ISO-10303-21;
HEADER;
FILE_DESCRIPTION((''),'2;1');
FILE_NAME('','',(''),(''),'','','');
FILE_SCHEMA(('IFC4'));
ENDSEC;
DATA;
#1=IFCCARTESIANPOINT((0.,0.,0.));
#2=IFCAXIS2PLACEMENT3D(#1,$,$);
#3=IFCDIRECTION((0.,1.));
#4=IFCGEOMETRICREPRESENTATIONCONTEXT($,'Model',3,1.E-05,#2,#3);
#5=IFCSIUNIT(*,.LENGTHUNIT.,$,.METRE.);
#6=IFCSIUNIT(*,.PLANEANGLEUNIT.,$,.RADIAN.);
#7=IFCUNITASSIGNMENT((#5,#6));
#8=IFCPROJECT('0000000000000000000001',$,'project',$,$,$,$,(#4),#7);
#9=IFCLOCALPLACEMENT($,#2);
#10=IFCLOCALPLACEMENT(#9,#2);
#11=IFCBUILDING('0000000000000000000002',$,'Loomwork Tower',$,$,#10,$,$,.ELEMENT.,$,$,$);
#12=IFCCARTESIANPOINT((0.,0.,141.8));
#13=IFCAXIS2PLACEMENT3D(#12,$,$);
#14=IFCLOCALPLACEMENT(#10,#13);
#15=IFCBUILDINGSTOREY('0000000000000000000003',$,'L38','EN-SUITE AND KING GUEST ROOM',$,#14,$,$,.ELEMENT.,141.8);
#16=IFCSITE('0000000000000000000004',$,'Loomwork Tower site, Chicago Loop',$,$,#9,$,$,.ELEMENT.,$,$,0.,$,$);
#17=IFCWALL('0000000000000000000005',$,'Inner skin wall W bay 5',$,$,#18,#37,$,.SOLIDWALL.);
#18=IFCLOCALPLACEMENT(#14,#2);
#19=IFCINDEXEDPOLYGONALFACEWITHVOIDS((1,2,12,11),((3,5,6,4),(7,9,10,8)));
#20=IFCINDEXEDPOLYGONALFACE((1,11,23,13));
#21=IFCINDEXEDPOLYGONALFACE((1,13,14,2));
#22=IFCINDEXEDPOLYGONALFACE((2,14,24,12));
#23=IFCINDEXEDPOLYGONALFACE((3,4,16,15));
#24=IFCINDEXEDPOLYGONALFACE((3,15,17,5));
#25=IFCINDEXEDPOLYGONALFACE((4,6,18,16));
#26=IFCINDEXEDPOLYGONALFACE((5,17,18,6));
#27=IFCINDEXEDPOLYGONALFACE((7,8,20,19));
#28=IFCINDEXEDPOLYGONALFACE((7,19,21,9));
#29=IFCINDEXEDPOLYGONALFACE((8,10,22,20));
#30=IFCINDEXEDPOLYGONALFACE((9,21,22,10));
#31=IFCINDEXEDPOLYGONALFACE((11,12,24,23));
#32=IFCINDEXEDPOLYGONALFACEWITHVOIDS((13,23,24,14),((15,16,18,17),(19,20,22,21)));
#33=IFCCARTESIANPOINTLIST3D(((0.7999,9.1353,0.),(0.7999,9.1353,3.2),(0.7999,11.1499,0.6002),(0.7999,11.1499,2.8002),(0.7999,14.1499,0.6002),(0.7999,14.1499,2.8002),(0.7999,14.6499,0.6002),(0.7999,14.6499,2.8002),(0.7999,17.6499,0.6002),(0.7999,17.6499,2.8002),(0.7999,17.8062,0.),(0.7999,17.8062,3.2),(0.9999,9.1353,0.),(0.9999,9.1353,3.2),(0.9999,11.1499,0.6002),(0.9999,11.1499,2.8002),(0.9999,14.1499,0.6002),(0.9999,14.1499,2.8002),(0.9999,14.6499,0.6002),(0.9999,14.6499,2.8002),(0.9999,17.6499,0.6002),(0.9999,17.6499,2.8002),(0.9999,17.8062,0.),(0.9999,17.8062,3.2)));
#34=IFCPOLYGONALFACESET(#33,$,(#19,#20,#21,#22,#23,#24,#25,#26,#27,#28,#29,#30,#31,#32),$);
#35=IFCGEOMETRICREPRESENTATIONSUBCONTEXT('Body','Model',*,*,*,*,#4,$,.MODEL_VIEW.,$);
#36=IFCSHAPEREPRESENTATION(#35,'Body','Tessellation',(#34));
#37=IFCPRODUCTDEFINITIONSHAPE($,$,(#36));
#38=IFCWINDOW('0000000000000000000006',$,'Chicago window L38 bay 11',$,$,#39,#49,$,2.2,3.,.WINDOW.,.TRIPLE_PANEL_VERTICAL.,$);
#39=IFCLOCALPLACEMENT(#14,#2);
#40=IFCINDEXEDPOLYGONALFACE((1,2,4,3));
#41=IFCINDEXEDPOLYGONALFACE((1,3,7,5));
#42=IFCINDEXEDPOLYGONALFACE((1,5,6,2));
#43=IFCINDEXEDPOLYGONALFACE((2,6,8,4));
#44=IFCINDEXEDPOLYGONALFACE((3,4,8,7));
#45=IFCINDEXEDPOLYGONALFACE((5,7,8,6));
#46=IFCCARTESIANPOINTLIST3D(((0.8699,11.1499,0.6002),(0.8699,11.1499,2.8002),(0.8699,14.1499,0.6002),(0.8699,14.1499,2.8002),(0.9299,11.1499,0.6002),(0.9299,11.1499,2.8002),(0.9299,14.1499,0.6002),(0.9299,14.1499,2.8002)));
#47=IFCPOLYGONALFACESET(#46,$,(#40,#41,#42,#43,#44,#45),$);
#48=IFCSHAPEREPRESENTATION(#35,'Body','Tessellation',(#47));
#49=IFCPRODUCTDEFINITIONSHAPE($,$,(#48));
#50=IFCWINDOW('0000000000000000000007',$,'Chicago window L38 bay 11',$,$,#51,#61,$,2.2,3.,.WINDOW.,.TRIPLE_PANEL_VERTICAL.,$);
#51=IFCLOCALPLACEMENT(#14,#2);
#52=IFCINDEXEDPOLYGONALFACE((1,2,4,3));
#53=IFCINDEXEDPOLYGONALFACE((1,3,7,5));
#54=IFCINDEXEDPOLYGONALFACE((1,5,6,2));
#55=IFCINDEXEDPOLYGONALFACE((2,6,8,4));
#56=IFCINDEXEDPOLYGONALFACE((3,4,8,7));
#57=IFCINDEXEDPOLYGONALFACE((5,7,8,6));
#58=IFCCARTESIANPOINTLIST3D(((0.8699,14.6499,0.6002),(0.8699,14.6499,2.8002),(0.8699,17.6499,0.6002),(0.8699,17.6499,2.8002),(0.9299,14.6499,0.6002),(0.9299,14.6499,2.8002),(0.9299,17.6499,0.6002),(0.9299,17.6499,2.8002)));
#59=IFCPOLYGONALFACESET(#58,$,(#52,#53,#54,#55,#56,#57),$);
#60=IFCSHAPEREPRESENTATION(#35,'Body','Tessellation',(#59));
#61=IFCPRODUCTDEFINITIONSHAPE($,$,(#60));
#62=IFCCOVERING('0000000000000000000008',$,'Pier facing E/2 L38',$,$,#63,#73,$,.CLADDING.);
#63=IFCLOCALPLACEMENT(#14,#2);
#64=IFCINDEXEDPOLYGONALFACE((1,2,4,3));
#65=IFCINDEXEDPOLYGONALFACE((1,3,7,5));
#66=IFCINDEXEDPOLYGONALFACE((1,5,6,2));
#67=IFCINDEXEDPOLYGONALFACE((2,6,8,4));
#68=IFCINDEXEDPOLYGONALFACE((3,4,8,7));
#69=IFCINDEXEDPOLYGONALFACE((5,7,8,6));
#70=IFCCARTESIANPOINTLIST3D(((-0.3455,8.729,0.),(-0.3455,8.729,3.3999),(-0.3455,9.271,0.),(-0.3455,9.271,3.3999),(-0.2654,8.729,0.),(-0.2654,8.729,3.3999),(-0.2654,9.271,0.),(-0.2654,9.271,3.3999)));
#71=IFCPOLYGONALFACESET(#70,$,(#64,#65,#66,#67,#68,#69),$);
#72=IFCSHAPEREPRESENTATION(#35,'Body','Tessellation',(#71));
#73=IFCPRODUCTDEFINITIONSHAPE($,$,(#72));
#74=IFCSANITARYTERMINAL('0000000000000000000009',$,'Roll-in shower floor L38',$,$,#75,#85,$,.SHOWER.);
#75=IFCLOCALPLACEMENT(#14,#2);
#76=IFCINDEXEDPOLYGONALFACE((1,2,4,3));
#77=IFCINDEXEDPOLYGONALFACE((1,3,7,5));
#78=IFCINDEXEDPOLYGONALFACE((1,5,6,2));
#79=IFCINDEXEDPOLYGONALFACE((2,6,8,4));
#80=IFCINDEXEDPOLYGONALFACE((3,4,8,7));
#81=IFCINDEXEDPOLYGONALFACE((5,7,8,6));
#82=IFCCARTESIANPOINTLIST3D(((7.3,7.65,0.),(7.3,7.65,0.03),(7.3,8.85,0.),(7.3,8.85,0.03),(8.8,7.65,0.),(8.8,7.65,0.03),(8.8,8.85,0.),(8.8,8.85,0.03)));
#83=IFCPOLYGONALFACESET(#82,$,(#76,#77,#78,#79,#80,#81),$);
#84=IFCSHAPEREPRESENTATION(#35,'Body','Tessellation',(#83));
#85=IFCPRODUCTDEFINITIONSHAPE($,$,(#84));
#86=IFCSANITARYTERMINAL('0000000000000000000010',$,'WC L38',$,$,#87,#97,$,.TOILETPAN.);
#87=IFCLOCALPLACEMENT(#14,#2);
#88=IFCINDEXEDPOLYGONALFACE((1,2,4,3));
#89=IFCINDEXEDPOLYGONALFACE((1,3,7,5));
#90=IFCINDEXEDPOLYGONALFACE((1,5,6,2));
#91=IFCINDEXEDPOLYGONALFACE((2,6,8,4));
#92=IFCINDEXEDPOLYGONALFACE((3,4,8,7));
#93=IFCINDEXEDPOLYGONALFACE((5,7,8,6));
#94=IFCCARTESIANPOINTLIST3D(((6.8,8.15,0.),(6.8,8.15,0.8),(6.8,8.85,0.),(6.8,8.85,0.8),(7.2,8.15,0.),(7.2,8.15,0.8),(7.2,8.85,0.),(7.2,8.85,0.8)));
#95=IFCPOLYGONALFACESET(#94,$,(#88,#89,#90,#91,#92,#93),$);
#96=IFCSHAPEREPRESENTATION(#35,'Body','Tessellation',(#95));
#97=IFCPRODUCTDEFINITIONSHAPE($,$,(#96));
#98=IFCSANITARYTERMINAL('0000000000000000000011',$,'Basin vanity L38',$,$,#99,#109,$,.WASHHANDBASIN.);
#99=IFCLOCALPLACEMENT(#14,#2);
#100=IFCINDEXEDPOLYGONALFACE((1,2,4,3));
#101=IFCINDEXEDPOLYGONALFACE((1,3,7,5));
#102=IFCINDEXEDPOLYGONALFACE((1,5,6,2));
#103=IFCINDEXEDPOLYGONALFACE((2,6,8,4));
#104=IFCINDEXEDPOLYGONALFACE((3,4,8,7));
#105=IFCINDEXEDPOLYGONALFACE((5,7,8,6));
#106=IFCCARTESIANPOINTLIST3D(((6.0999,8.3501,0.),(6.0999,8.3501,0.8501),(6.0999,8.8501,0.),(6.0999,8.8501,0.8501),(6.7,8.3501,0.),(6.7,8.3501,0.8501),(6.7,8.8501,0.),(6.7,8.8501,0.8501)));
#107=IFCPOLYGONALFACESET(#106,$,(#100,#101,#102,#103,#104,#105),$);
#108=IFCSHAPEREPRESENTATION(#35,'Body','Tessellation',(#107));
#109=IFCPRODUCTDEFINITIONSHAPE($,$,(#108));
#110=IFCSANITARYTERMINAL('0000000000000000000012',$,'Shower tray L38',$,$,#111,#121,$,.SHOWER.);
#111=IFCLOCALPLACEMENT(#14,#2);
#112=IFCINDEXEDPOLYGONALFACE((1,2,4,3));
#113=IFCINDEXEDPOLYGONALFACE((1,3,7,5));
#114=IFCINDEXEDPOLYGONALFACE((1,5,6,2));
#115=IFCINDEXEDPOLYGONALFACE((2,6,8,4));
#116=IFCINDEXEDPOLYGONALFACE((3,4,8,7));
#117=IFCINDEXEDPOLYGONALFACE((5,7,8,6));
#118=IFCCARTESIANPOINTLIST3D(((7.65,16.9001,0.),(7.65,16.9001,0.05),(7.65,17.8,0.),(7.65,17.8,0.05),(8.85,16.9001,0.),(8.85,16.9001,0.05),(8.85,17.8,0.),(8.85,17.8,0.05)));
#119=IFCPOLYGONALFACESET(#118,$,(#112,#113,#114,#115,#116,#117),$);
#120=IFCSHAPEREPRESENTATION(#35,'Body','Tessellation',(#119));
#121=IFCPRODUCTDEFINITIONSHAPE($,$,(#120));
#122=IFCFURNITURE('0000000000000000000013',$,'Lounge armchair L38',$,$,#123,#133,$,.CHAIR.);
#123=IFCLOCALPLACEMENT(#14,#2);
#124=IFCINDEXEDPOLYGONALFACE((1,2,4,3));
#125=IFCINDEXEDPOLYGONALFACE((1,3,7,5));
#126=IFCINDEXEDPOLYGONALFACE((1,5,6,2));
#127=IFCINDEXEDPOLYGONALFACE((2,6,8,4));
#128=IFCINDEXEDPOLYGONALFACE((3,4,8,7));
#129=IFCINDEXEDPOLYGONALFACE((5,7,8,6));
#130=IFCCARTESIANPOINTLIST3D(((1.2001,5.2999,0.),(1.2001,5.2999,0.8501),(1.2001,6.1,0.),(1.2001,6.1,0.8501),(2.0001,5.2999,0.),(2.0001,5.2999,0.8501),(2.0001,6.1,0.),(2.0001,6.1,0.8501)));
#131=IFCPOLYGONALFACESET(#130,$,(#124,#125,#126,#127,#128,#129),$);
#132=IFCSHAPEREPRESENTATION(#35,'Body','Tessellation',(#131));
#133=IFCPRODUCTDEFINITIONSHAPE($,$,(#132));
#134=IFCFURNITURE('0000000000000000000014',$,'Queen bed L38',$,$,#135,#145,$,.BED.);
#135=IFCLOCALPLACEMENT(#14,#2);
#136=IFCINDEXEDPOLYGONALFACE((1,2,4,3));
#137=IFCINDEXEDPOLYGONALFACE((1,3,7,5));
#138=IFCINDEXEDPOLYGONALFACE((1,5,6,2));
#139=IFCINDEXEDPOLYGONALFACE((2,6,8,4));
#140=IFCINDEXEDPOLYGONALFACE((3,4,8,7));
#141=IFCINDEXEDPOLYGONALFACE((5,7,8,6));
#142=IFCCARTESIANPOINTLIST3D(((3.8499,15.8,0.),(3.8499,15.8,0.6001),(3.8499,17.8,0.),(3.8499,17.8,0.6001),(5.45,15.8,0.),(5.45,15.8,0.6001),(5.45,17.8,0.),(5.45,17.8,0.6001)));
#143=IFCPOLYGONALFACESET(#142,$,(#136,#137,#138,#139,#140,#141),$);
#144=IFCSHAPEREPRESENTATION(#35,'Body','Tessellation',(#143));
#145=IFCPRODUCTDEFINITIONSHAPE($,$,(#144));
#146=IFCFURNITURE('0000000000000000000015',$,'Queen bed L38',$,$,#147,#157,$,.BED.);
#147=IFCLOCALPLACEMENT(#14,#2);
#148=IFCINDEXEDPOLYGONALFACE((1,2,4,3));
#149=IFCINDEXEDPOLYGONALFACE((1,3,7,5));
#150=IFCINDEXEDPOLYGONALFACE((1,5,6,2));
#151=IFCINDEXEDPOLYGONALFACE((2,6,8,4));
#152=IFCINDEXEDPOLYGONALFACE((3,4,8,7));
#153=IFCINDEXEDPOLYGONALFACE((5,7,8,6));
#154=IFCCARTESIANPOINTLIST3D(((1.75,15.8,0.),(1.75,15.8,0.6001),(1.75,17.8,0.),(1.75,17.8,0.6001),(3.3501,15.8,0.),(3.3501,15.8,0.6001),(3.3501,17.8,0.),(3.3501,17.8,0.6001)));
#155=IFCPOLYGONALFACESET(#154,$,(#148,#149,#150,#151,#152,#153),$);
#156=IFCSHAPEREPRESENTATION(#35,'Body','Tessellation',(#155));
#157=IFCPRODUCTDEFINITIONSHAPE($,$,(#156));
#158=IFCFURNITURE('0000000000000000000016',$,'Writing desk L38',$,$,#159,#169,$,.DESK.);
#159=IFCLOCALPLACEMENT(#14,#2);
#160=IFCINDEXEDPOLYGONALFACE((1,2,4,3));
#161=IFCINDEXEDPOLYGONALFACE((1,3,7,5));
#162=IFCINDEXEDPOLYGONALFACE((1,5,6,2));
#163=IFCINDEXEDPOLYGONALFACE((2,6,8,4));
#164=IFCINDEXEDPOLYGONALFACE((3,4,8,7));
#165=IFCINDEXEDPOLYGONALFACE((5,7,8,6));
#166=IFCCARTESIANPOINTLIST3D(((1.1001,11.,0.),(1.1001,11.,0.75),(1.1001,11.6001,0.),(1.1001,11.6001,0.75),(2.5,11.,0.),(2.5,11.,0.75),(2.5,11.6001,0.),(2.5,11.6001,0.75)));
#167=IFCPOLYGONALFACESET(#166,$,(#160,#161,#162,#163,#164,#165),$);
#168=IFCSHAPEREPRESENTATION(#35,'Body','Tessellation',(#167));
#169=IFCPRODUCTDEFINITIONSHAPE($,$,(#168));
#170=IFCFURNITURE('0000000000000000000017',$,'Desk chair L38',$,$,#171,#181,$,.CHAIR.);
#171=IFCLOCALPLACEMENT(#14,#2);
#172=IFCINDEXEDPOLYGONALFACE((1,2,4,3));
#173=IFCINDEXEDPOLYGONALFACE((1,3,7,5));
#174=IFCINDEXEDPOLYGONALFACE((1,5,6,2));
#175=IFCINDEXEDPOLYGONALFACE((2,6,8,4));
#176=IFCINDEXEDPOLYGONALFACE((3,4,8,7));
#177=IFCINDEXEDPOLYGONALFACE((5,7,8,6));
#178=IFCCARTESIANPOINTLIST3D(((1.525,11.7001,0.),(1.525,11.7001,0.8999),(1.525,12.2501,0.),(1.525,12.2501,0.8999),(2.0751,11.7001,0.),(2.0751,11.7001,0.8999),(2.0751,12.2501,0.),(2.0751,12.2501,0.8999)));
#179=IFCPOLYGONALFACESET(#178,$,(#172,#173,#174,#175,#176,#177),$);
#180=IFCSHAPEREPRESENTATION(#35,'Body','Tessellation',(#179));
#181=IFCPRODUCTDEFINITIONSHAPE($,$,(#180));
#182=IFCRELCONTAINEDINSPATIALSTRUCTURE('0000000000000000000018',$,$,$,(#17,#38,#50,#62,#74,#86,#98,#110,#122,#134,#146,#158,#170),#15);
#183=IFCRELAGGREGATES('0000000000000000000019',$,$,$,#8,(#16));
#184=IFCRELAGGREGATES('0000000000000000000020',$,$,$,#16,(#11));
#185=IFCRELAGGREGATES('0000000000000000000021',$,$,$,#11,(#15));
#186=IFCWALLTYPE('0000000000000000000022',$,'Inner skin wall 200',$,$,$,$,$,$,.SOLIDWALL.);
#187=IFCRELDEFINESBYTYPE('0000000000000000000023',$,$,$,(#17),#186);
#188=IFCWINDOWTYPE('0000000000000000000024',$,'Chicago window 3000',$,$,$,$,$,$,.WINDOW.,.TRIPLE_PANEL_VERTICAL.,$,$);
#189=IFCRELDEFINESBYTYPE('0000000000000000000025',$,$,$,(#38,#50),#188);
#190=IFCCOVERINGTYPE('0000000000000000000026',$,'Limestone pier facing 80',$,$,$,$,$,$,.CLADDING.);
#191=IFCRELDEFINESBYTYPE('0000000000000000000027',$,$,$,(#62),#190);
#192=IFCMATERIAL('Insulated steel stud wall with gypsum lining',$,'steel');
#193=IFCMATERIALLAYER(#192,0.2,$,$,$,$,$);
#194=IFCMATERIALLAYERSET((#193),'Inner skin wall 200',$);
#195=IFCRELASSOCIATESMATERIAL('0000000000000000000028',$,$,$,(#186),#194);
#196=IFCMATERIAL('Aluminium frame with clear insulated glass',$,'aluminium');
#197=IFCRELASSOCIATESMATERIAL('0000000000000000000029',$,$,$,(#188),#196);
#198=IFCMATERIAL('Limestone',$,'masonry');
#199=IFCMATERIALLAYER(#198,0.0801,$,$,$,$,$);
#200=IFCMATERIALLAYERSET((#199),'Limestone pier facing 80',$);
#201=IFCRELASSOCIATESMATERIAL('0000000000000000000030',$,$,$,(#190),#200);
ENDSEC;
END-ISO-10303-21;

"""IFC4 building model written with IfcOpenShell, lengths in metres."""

from ifc_helpers import new_model, si_unit, direction, frame, frame_2d, origin, origin_2d, place, context, subcontext, project, spatial, rectangle, extrude, material, layer, layer_set, type_object, element, fill, save


model = new_model("IFC4")

# Units and contexts
model_context = context("Model", 3, precision=1e-05, world=origin(), true_north=direction((0.0, 1.0)))
body_context = subcontext(model_context, "Body", "Model", "MODEL_VIEW")
ifc_project = project(units=[si_unit("LENGTHUNIT", "METRE"), si_unit("PLANEANGLEUNIT", "RADIAN")], contexts=[model_context])

# Site, building, storey
site_placement = place(None, origin())
site = spatial("IfcSite", under=ifc_project, at=site_placement, Name="Loomwork Tower site, Chicago Loop", CompositionType="ELEMENT", RefElevation=0.0)
building_placement = place(site_placement, origin())
building = spatial("IfcBuilding", under=site, at=building_placement, Name="Loomwork Tower", CompositionType="ELEMENT")
storey_placement = place(building_placement, frame((0.0, 0.0, 141.8)))
storey = spatial("IfcBuildingStorey", under=building, at=storey_placement, Name="L38", Description="EN-SUITE AND KING GUEST ROOM", CompositionType="ELEMENT", Elevation=141.8)

# Shared definitions
ifc_material_1 = material(Name="Insulated steel stud wall with gypsum lining", Category="steel")
ifc_layer_1 = layer(ifc_material_1, 0.2)
ifc_layer_set_1 = layer_set([ifc_layer_1], Name="Inner skin wall 200")
wall_type_1 = type_object("IfcWallType", Name="Inner skin wall 200", PredefinedType="SOLIDWALL", material=ifc_layer_set_1)

# Wall, openings, windows
wall_1_placement = place(storey_placement, frame((0.8999, 9.1353, 0.0), z_axis=(0.0, 0.0, 1.0), x_axis=(0.0, 1.0, 0.0)))
wall_1 = element("IfcWall", 1, at=wall_1_placement, inside=storey, type_object=wall_type_1, Name="Inner skin wall W bay 5", PredefinedType="SOLIDWALL", context=body_context, shape_type="SweptSolid", body=[
    extrude(rectangle(XDim=8.6709, YDim=0.2, at=frame_2d((4.3354, 0.0))), origin(), (0.0, 0.0, 1.0), 3.2),
])
opening_1_placement = place(wall_1_placement, frame((2.0146, 0.0, 0.6001)))
opening_1 = element("IfcOpeningElement", 2, at=opening_1_placement, cuts=wall_1, PredefinedType="OPENING", context=body_context, shape_type="SweptSolid", body=[
    extrude(rectangle(XDim=3.0, YDim=2.2, at=frame_2d((1.5, 1.1001))), frame((0.0, 0.1099, 0.0), z_axis=(0.0, -1.0, 0.0), x_axis=(1.0, 0.0, 0.0)), (0.0, 0.0, 1.0), 0.22),
])
opening_2_placement = place(wall_1_placement, frame((5.5146, 0.0, 0.6001)))
opening_2 = element("IfcOpeningElement", 3, at=opening_2_placement, cuts=wall_1, PredefinedType="OPENING", context=body_context, shape_type="SweptSolid", body=[
    extrude(rectangle(XDim=3.0, YDim=2.2, at=frame_2d((1.5, 1.1001))), frame((0.0, 0.1099, 0.0), z_axis=(0.0, -1.0, 0.0), x_axis=(1.0, 0.0, 0.0)), (0.0, 0.0, 1.0), 0.22),
])
ifc_material_2 = material(Name="Aluminium frame with clear insulated glass", Category="aluminium")
window_type = type_object("IfcWindowType", Name="Chicago window 3000", PartitioningType="TRIPLE_PANEL_VERTICAL", PredefinedType="WINDOW", material=ifc_material_2)
window_1_placement = place(opening_1_placement, origin())
window_1 = element("IfcWindow", 4, at=window_1_placement, inside=storey, type_object=window_type, Name="Chicago window L38 bay 11", OverallHeight=2.2, OverallWidth=3.0, PartitioningType="TRIPLE_PANEL_VERTICAL", PredefinedType="WINDOW", context=body_context, shape_type="SweptSolid", body=[
    extrude(rectangle(XDim=3.0, YDim=2.2, at=frame_2d((1.5, 1.1001))), frame((0.0, 0.03, 0.0), z_axis=(0.0, -1.0, 0.0), x_axis=(1.0, 0.0, 0.0)), (0.0, 0.0, 1.0), 0.0601),
])
fill(opening_1, window_1)
window_2_placement = place(opening_2_placement, origin())
window_2 = element("IfcWindow", 5, at=window_2_placement, inside=storey, type_object=window_type, Name="Chicago window L38 bay 11", OverallHeight=2.2, OverallWidth=3.0, PartitioningType="TRIPLE_PANEL_VERTICAL", PredefinedType="WINDOW", context=body_context, shape_type="SweptSolid", body=[
    extrude(rectangle(XDim=3.0, YDim=2.2, at=frame_2d((1.5, 1.1001))), frame((0.0, 0.03, 0.0), z_axis=(0.0, -1.0, 0.0), x_axis=(1.0, 0.0, 0.0)), (0.0, 0.0, 1.0), 0.0601),
])
fill(opening_2, window_2)

# Covering
ifc_material_3 = material(Name="Limestone", Category="masonry")
ifc_layer_2 = layer(ifc_material_3, 0.0801)
ifc_layer_set_2 = layer_set([ifc_layer_2], Name="Limestone pier facing 80")
covering_type = type_object("IfcCoveringType", Name="Limestone pier facing 80", PredefinedType="CLADDING", material=ifc_layer_set_2)
covering_placement = place(storey_placement, frame((-0.3054, 9.0, 0.0), z_axis=(0.0, 0.0, 1.0), x_axis=(1.0, 0.0, 0.0)))
element("IfcCovering", 6, at=covering_placement, inside=storey, type_object=covering_type, Name="Pier facing E/2 L38", PredefinedType="CLADDING", context=body_context, shape_type="SweptSolid", body=[
    extrude(rectangle(XDim=0.0801, YDim=0.542, at=origin_2d()), origin(), (0.0, 0.0, 1.0), 3.3999),
])

# Sanitary terminals
sanitary_terminal_1_placement = place(storey_placement, frame((8.05, 8.25, 0.0), z_axis=(0.0, 0.0, 1.0), x_axis=(1.0, 0.0, 0.0)))
element("IfcSanitaryTerminal", 7, at=sanitary_terminal_1_placement, inside=storey, Name="Roll-in shower floor L38", PredefinedType="SHOWER", context=body_context, shape_type="SweptSolid", body=[
    extrude(rectangle(XDim=1.5, YDim=1.2, at=origin_2d()), origin(), (0.0, 0.0, 1.0), 0.03),
])
sanitary_terminal_2_placement = place(storey_placement, frame((7.0, 8.5, 0.0), z_axis=(0.0, 0.0, 1.0), x_axis=(1.0, 0.0, 0.0)))
element("IfcSanitaryTerminal", 8, at=sanitary_terminal_2_placement, inside=storey, Name="WC L38", PredefinedType="TOILETPAN", context=body_context, shape_type="SweptSolid", body=[
    extrude(rectangle(XDim=0.3999, YDim=0.7, at=origin_2d()), origin(), (0.0, 0.0, 1.0), 0.8),
])
sanitary_terminal_3_placement = place(storey_placement, frame((6.3999, 8.6001, 0.0), z_axis=(0.0, 0.0, 1.0), x_axis=(1.0, 0.0, 0.0)))
element("IfcSanitaryTerminal", 9, at=sanitary_terminal_3_placement, inside=storey, Name="Basin vanity L38", PredefinedType="WASHHANDBASIN", context=body_context, shape_type="SweptSolid", body=[
    extrude(rectangle(XDim=0.6001, YDim=0.5, at=origin_2d()), origin(), (0.0, 0.0, 1.0), 0.8501),
])
sanitary_terminal_4_placement = place(storey_placement, frame((8.25, 17.3501, 0.0), z_axis=(0.0, 0.0, 1.0), x_axis=(1.0, 0.0, 0.0)))
element("IfcSanitaryTerminal", 10, at=sanitary_terminal_4_placement, inside=storey, Name="Shower tray L38", PredefinedType="SHOWER", context=body_context, shape_type="SweptSolid", body=[
    extrude(rectangle(XDim=1.2, YDim=0.8999, at=origin_2d()), origin(), (0.0, 0.0, 1.0), 0.05),
])

# Furniture
furniture_1_placement = place(storey_placement, frame((1.6001, 5.7, 0.0), z_axis=(0.0, 0.0, 1.0), x_axis=(1.0, 0.0, 0.0)))
element("IfcFurniture", 11, at=furniture_1_placement, inside=storey, Name="Lounge armchair L38", PredefinedType="CHAIR", context=body_context, shape_type="SweptSolid", body=[
    extrude(rectangle(XDim=0.8, YDim=0.8, at=origin_2d()), origin(), (0.0, 0.0, 1.0), 0.8501),
])
for number, where, z_axis, x_axis, name in (
    (12, (4.6499, 16.8, 0.0), (0.0, 0.0, 1.0), (1.0, 0.0, 0.0), "Queen bed L38"),
    (13, (2.55, 16.8, 0.0), (0.0, 0.0, 1.0), (1.0, 0.0, 0.0), "Queen bed L38"),
):
    element("IfcFurniture", number, at=place(storey_placement, frame(where, z_axis=z_axis, x_axis=x_axis)), inside=storey, Name=name, PredefinedType="BED", context=body_context, shape_type="SweptSolid", body=[
        extrude(rectangle(XDim=1.6001, YDim=2.0, at=origin_2d()), origin(), (0.0, 0.0, 1.0), 0.6001),
    ])
furniture_2_placement = place(storey_placement, frame((1.8, 11.3, 0.0), z_axis=(0.0, 0.0, 1.0), x_axis=(1.0, 0.0, 0.0)))
element("IfcFurniture", 14, at=furniture_2_placement, inside=storey, Name="Writing desk L38", PredefinedType="DESK", context=body_context, shape_type="SweptSolid", body=[
    extrude(rectangle(XDim=1.3999, YDim=0.6001, at=origin_2d()), origin(), (0.0, 0.0, 1.0), 0.75),
])
furniture_3_placement = place(storey_placement, frame((1.8, 11.9751, 0.0), z_axis=(0.0, 0.0, 1.0), x_axis=(1.0, 0.0, 0.0)))
element("IfcFurniture", 15, at=furniture_3_placement, inside=storey, Name="Desk chair L38", PredefinedType="CHAIR", context=body_context, shape_type="SweptSolid", body=[
    extrude(rectangle(XDim=0.55, YDim=0.55, at=origin_2d()), origin(), (0.0, 0.0, 1.0), 0.8999),
])

save(model, "model.ifc")
